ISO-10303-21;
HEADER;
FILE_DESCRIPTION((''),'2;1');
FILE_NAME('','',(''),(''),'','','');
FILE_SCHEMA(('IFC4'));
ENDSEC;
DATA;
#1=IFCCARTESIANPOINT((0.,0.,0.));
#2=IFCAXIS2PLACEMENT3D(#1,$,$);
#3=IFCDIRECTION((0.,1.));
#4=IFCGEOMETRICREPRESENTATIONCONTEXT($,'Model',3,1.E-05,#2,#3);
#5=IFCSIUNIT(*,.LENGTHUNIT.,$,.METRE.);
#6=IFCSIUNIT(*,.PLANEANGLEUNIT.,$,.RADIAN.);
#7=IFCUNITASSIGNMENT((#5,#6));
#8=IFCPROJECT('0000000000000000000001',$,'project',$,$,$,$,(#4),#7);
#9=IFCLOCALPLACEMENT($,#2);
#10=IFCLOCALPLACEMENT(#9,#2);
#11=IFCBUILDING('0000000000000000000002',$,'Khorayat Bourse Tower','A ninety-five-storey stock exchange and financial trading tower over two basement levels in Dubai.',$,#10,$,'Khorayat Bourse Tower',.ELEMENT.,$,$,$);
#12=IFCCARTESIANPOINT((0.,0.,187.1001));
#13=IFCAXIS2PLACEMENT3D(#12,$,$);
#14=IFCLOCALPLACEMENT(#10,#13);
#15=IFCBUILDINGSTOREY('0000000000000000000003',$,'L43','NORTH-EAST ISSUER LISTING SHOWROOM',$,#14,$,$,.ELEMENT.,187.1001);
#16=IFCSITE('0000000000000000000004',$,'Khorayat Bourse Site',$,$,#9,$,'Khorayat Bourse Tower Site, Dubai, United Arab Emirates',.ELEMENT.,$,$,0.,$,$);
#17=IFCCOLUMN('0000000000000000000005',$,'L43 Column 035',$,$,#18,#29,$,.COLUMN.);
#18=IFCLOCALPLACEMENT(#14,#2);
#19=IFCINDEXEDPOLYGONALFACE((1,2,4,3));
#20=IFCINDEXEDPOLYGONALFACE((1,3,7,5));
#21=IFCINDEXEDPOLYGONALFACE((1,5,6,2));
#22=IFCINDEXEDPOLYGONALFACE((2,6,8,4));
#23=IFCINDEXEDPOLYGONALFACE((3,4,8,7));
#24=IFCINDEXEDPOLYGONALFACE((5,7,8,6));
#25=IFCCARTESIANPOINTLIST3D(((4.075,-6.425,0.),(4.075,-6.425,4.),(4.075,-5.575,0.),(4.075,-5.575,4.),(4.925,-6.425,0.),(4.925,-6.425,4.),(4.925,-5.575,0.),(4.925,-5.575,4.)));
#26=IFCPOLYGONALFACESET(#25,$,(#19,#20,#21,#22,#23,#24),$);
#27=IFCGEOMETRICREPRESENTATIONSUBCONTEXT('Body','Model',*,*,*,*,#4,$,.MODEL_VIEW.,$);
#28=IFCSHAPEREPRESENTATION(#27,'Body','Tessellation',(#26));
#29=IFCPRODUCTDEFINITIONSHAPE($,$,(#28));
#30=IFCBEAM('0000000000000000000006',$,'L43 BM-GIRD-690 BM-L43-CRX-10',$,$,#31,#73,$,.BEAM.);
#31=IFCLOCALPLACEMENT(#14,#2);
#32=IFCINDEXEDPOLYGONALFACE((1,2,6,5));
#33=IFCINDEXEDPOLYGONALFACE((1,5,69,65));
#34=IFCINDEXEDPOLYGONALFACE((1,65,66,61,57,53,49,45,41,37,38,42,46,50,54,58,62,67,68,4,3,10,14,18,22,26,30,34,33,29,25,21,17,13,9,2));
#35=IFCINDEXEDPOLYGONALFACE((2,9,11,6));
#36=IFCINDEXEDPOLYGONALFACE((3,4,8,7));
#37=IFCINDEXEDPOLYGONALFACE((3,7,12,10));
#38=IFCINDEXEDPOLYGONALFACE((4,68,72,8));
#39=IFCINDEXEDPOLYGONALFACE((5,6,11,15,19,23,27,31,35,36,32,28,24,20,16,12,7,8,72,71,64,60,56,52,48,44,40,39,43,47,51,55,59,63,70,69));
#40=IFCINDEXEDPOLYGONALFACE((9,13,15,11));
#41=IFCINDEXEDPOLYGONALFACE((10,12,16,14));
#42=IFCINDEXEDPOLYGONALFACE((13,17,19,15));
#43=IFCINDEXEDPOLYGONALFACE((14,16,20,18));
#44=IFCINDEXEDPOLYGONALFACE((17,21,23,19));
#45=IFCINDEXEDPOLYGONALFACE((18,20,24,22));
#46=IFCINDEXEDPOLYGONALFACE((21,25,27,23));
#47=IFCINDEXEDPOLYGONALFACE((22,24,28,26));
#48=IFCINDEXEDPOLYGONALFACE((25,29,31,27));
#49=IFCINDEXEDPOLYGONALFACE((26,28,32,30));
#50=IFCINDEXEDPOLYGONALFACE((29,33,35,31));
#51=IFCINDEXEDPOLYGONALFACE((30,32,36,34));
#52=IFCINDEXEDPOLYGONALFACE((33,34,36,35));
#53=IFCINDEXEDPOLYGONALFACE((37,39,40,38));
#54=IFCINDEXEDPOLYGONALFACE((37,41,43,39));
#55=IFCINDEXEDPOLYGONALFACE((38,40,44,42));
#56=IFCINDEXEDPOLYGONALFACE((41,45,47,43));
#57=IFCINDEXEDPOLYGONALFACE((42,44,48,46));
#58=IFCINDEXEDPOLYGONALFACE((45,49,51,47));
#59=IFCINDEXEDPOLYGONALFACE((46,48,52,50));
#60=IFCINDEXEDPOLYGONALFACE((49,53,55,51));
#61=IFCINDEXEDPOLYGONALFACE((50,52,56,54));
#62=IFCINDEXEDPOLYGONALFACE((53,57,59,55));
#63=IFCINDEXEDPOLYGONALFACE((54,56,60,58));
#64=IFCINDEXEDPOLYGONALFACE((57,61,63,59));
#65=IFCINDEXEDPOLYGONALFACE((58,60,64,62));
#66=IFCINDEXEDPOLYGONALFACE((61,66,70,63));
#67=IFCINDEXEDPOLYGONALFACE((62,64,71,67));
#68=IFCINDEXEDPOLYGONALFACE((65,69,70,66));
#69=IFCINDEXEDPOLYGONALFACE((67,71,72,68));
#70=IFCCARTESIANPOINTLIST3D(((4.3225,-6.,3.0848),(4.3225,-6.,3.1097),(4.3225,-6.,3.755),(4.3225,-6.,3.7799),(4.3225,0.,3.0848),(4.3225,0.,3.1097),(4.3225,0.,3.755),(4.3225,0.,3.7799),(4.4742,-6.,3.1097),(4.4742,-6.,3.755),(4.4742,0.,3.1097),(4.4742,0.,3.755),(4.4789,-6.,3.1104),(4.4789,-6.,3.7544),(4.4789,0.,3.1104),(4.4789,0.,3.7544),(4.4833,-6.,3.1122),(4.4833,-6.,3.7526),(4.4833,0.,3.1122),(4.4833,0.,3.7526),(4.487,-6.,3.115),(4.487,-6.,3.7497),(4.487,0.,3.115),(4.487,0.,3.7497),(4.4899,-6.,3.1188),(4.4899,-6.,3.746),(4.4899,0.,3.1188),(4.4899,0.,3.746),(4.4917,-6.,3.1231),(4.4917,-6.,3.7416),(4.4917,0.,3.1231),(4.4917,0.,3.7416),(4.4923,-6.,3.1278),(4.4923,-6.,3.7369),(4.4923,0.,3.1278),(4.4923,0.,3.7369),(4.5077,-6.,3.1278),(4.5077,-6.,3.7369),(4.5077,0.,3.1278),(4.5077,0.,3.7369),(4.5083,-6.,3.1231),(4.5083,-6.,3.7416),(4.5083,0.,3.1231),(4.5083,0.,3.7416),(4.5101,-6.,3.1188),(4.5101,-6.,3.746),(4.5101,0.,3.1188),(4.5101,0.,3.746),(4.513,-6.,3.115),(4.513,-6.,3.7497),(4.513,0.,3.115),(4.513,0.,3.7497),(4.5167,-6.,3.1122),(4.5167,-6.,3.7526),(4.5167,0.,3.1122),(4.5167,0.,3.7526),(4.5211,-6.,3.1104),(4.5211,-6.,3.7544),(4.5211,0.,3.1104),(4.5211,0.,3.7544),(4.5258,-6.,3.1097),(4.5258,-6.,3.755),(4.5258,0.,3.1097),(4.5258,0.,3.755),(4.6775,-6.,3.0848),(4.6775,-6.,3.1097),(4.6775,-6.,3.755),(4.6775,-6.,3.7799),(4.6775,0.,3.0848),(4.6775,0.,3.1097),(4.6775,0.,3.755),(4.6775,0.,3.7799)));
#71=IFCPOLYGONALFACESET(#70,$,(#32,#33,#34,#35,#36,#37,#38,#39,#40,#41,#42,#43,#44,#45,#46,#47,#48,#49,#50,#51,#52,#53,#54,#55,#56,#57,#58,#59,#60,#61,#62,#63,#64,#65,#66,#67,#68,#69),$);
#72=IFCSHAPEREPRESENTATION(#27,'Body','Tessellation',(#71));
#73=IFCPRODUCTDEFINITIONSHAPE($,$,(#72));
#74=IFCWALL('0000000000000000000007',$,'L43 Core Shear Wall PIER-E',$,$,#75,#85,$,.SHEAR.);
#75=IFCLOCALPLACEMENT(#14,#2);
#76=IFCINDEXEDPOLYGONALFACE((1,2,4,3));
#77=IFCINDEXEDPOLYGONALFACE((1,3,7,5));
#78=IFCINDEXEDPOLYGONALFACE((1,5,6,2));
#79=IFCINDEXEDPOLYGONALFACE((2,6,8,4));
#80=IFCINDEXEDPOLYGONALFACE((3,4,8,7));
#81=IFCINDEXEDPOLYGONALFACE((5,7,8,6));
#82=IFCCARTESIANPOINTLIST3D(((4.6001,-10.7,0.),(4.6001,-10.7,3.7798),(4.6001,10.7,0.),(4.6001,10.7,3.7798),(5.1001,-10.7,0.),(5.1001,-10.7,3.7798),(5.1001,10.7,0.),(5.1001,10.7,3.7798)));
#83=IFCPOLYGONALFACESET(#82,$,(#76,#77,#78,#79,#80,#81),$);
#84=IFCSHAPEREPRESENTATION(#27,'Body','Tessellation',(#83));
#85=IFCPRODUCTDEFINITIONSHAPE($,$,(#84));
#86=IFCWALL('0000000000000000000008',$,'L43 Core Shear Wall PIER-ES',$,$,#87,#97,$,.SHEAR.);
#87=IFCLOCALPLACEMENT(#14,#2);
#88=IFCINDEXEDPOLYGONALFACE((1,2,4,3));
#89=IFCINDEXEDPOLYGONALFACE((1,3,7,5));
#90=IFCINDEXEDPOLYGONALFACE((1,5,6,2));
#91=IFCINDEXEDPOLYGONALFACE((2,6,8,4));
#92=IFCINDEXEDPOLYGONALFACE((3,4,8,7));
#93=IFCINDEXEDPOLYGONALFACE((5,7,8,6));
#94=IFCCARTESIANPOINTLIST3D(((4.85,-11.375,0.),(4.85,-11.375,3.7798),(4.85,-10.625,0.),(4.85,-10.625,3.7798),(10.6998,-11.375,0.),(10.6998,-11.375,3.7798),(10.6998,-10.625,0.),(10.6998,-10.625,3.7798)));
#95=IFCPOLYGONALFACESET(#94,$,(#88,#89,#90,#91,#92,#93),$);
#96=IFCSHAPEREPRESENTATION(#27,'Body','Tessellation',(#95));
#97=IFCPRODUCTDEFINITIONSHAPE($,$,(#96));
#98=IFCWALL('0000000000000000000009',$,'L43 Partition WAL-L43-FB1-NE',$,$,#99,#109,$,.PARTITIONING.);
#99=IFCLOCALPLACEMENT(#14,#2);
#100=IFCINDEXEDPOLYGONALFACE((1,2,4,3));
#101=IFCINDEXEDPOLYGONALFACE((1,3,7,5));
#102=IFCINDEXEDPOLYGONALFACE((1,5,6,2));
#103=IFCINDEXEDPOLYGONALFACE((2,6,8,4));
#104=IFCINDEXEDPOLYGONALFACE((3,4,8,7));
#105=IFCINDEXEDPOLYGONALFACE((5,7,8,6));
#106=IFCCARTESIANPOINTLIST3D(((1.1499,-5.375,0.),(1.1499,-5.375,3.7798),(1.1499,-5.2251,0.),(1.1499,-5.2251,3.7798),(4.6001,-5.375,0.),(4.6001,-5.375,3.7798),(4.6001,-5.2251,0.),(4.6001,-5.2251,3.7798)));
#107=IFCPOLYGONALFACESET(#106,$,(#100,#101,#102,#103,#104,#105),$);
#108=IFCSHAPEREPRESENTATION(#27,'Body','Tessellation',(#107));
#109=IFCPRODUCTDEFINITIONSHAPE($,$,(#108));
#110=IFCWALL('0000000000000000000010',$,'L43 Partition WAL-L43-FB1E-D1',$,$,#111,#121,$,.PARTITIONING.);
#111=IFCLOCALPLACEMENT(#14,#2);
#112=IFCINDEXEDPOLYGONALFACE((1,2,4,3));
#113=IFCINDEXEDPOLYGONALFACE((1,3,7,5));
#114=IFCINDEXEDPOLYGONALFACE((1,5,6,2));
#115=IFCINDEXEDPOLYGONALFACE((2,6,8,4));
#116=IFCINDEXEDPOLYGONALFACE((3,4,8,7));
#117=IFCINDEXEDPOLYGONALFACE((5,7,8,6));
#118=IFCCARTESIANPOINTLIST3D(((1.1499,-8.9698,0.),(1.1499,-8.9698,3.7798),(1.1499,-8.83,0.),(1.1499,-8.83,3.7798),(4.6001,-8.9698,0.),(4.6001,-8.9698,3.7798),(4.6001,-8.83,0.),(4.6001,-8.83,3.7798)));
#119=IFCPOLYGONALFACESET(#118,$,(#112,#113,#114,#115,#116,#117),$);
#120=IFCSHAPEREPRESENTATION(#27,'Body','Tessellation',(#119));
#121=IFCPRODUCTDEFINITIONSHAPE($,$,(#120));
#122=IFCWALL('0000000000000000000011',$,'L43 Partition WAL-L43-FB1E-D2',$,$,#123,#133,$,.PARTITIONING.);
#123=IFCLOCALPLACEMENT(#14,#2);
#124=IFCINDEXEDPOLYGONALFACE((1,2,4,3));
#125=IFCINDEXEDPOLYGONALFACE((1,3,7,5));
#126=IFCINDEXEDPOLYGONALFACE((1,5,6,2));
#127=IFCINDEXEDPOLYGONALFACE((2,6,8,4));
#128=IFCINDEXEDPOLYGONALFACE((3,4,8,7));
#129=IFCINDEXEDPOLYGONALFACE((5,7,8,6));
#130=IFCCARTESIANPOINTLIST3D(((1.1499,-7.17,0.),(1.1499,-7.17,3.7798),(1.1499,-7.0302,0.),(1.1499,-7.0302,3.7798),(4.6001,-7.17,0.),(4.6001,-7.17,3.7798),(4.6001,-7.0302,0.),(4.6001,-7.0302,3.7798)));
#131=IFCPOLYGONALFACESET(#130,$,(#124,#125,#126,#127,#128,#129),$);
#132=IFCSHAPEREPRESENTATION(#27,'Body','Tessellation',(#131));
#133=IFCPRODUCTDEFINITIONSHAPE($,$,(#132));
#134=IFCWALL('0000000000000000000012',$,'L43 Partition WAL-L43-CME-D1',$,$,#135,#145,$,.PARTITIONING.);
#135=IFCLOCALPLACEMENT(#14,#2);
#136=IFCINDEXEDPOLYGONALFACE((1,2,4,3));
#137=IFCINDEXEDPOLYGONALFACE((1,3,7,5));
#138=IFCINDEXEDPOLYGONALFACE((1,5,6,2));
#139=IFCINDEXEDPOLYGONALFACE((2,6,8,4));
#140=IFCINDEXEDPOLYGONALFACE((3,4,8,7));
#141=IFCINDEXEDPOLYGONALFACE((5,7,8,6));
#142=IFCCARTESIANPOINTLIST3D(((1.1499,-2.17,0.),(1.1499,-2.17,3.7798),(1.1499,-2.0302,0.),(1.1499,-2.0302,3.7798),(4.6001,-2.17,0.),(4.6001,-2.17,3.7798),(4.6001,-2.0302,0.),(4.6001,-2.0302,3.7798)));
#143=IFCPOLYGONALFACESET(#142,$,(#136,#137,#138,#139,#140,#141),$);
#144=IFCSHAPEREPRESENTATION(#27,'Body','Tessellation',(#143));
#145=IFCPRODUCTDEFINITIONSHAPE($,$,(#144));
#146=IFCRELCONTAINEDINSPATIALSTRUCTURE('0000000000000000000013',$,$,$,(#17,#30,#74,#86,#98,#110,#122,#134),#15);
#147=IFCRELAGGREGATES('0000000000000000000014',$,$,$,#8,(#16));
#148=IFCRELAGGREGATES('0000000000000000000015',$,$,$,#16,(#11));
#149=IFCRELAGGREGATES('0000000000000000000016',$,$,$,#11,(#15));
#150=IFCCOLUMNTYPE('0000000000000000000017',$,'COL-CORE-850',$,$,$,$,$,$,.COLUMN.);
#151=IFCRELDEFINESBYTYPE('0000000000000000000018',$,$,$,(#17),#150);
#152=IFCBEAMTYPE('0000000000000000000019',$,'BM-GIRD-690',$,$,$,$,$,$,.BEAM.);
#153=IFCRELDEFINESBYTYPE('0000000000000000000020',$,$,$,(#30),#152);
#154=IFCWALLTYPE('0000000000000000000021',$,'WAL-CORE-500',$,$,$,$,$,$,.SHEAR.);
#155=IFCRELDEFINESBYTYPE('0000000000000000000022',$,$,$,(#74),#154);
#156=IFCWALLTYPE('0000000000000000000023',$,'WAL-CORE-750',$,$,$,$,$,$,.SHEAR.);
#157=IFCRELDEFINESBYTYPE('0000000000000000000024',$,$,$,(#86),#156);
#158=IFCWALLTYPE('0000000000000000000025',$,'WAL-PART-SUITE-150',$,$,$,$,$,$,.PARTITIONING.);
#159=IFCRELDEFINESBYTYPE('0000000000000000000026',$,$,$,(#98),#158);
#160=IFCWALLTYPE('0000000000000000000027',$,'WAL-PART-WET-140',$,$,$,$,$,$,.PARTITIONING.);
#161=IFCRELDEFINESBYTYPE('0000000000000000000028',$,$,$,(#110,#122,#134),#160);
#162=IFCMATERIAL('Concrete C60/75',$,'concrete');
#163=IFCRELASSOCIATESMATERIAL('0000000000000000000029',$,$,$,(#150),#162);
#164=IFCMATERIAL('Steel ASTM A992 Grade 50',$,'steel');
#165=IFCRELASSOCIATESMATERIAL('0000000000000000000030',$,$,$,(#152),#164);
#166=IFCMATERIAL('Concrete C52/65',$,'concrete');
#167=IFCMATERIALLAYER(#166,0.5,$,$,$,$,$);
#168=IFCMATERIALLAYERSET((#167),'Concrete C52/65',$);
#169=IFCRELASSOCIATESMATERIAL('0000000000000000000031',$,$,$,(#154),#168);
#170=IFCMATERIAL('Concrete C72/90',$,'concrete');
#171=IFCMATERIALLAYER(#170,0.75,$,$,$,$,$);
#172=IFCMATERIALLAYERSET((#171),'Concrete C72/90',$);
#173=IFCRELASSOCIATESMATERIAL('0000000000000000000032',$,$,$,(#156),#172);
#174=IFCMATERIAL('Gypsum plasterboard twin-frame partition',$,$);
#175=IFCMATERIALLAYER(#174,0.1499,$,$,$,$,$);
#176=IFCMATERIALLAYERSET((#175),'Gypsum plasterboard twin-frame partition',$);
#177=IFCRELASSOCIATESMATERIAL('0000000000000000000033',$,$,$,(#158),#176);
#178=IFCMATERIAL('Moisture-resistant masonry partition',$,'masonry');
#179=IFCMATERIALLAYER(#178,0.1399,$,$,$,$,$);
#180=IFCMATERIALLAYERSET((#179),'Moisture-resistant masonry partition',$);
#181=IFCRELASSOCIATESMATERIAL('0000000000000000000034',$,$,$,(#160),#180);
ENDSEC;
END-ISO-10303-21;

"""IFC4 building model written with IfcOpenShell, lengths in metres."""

from ifc_helpers import new_model, si_unit, direction, frame, frame_2d, origin, origin_2d, place, context, subcontext, project, spatial, rectangle, i_section, extrude, source, transform, mapped, material, layer, layer_set, material_profile, profile_set, type_object, element, save


model = new_model("IFC4")

# Units and contexts
model_context = context("Model", 3, precision=1e-05, world=origin(), true_north=direction((0.0, 1.0)))
body_context = subcontext(model_context, "Body", "Model", "MODEL_VIEW")
ifc_project = project(units=[si_unit("LENGTHUNIT", "METRE"), si_unit("PLANEANGLEUNIT", "RADIAN")], contexts=[model_context])

# Site, building, storey
site_placement = place(None, origin())
site = spatial("IfcSite", under=ifc_project, at=site_placement, Name="Khorayat Bourse Site", LongName="Khorayat Bourse Tower Site, Dubai, United Arab Emirates", CompositionType="ELEMENT", RefElevation=0.0)
building_placement = place(site_placement, origin())
building = spatial("IfcBuilding", under=site, at=building_placement, Name="Khorayat Bourse Tower", Description="A ninety-five-storey stock exchange and financial trading tower over two basement levels in Dubai.", LongName="Khorayat Bourse Tower", CompositionType="ELEMENT")
storey_placement = place(building_placement, frame((0.0, 0.0, 187.1001)))
storey = spatial("IfcBuildingStorey", under=building, at=storey_placement, Name="L43", Description="NORTH-EAST ISSUER LISTING SHOWROOM", CompositionType="ELEMENT", Elevation=187.1001)

# Column
ifc_material_1 = material(Name="Concrete C60/75", Category="concrete")
ifc_material_profile_1 = material_profile(ifc_material_1, rectangle(XDim=0.8501, YDim=0.8501, at=origin_2d()), Name="RC 850x850")
ifc_profile_set_1 = profile_set([ifc_material_profile_1], Name="Concrete C60/75")
column_type = type_object("IfcColumnType", Name="COL-CORE-850", PredefinedType="COLUMN", material=ifc_profile_set_1)
shared_shape_1 = source(origin(), body_context, "Body", "SweptSolid", [
    extrude(rectangle(XDim=0.8501, YDim=0.8501, at=origin_2d()), origin(), (0.0, 0.0, 1.0), 4.0),
])
column_placement = place(storey_placement, frame((4.5, -6.0, 0.0), z_axis=(0.0, 0.0, 1.0), x_axis=(1.0, 0.0, 0.0)))
element("IfcColumn", 1, at=column_placement, inside=storey, type_object=column_type, Name="L43 Column 035", PredefinedType="COLUMN", context=body_context, shape_type="MappedRepresentation", body=[
    mapped(shared_shape_1, transform((0.0, 0.0, 0.0), scale=1.0)),
])

# Beam
ifc_material_2 = material(Name="Steel ASTM A992 Grade 50", Category="steel")
ifc_material_profile_2 = material_profile(ifc_material_2, i_section(OverallWidth=0.355, OverallDepth=0.6951, WebThickness=0.0154, FlangeThickness=0.0249, FilletRadius=0.0181, at=origin_2d()), Name="W690X217")
ifc_profile_set_2 = profile_set([ifc_material_profile_2], Name="Steel ASTM A992 Grade 50")
beam_type = type_object("IfcBeamType", Name="BM-GIRD-690", PredefinedType="BEAM", material=ifc_profile_set_2)
shared_shape_2 = source(origin(), body_context, "Body", "SweptSolid", [
    extrude(i_section(OverallWidth=0.355, OverallDepth=0.6951, WebThickness=0.0154, FlangeThickness=0.0249, FilletRadius=0.0181, at=origin_2d()), origin(), (0.0, 0.0, 1.0), 6.0),
])
beam_placement = place(storey_placement, frame((4.5, -6.0, 3.4324), z_axis=(0.0, 1.0, 0.0), x_axis=(-1.0, 0.0, 0.0)))
element("IfcBeam", 2, at=beam_placement, inside=storey, type_object=beam_type, Name="L43 BM-GIRD-690 BM-L43-CRX-10", PredefinedType="BEAM", context=body_context, shape_type="MappedRepresentation", body=[
    mapped(shared_shape_2, transform((0.0, 0.0, 0.0), scale=1.0)),
])

# Walls
ifc_material_3 = material(Name="Concrete C52/65", Category="concrete")
ifc_layer_1 = layer(ifc_material_3, 0.5)
ifc_layer_set_1 = layer_set([ifc_layer_1], Name="Concrete C52/65")
wall_type_1 = type_object("IfcWallType", Name="WAL-CORE-500", PredefinedType="SHEAR", material=ifc_layer_set_1)
shared_shape_3 = source(origin(), body_context, "Body", "SweptSolid", [
    extrude(rectangle(XDim=21.3999, YDim=0.5, at=frame_2d((10.7, 0.0))), origin(), (0.0, 0.0, 1.0), 3.7798),
])
wall_1_placement = place(storey_placement, frame((4.8501, -10.7, 0.0), z_axis=(0.0, 0.0, 1.0), x_axis=(0.0, 1.0, 0.0)))
element("IfcWall", 3, at=wall_1_placement, inside=storey, type_object=wall_type_1, Name="L43 Core Shear Wall PIER-E", PredefinedType="SHEAR", context=body_context, shape_type="MappedRepresentation", body=[
    mapped(shared_shape_3, transform((0.0, 0.0, 0.0), scale=1.0)),
])
ifc_material_4 = material(Name="Concrete C72/90", Category="concrete")
ifc_layer_2 = layer(ifc_material_4, 0.75)
ifc_layer_set_2 = layer_set([ifc_layer_2], Name="Concrete C72/90")
wall_type_2 = type_object("IfcWallType", Name="WAL-CORE-750", PredefinedType="SHEAR", material=ifc_layer_set_2)
shared_shape_4 = source(origin(), body_context, "Body", "SweptSolid", [
    extrude(rectangle(XDim=5.8499, YDim=0.75, at=frame_2d((2.9248, 0.0))), origin(), (0.0, 0.0, 1.0), 3.7798),
])
wall_2_placement = place(storey_placement, frame((4.8501, -11.0, 0.0), z_axis=(0.0, 0.0, 1.0), x_axis=(1.0, 0.0, 0.0)))
element("IfcWall", 4, at=wall_2_placement, inside=storey, type_object=wall_type_2, Name="L43 Core Shear Wall PIER-ES", PredefinedType="SHEAR", context=body_context, shape_type="MappedRepresentation", body=[
    mapped(shared_shape_4, transform((0.0, 0.0, 0.0), scale=1.0)),
])
ifc_material_5 = material(Name="Gypsum plasterboard twin-frame partition")
ifc_layer_3 = layer(ifc_material_5, 0.1499)
ifc_layer_set_3 = layer_set([ifc_layer_3], Name="Gypsum plasterboard twin-frame partition")
wall_type_3 = type_object("IfcWallType", Name="WAL-PART-SUITE-150", PredefinedType="PARTITIONING", material=ifc_layer_set_3)
shared_shape_5 = source(origin(), body_context, "Body", "SweptSolid", [
    extrude(rectangle(XDim=3.4502, YDim=0.1499, at=frame_2d((1.7251, 0.0))), origin(), (0.0, 0.0, 1.0), 3.7798),
])
wall_3_placement = place(storey_placement, frame((1.1499, -5.3, 0.0), z_axis=(0.0, 0.0, 1.0), x_axis=(1.0, 0.0, 0.0)))
element("IfcWall", 5, at=wall_3_placement, inside=storey, type_object=wall_type_3, Name="L43 Partition WAL-L43-FB1-NE", PredefinedType="PARTITIONING", context=body_context, shape_type="MappedRepresentation", body=[
    mapped(shared_shape_5, transform((0.0, 0.0, 0.0), scale=1.0)),
])
ifc_material_6 = material(Name="Moisture-resistant masonry partition", Category="masonry")
ifc_layer_4 = layer(ifc_material_6, 0.1399)
ifc_layer_set_4 = layer_set([ifc_layer_4], Name="Moisture-resistant masonry partition")
wall_type_4 = type_object("IfcWallType", Name="WAL-PART-WET-140", PredefinedType="PARTITIONING", material=ifc_layer_set_4)
shared_shape_6 = source(origin(), body_context, "Body", "SweptSolid", [
    extrude(rectangle(XDim=3.4502, YDim=0.1399, at=frame_2d((1.7251, 0.0))), origin(), (0.0, 0.0, 1.0), 3.7798),
])
for number, where, z_axis, x_axis, name in (
    (6, (1.1499, -8.8999, 0.0), (0.0, 0.0, 1.0), (1.0, 0.0, 0.0), "L43 Partition WAL-L43-FB1E-D1"),
    (7, (1.1499, -7.1001, 0.0), (0.0, 0.0, 1.0), (1.0, 0.0, 0.0), "L43 Partition WAL-L43-FB1E-D2"),
    (8, (1.1499, -2.1001, 0.0), (0.0, 0.0, 1.0), (1.0, 0.0, 0.0), "L43 Partition WAL-L43-CME-D1"),
):
    element("IfcWall", number, at=place(storey_placement, frame(where, z_axis=z_axis, x_axis=x_axis)), inside=storey, type_object=wall_type_4, Name=name, PredefinedType="PARTITIONING", context=body_context, shape_type="MappedRepresentation", body=[
        mapped(shared_shape_6, transform((0.0, 0.0, 0.0), scale=1.0)),
    ])

save(model, "model.ifc")
